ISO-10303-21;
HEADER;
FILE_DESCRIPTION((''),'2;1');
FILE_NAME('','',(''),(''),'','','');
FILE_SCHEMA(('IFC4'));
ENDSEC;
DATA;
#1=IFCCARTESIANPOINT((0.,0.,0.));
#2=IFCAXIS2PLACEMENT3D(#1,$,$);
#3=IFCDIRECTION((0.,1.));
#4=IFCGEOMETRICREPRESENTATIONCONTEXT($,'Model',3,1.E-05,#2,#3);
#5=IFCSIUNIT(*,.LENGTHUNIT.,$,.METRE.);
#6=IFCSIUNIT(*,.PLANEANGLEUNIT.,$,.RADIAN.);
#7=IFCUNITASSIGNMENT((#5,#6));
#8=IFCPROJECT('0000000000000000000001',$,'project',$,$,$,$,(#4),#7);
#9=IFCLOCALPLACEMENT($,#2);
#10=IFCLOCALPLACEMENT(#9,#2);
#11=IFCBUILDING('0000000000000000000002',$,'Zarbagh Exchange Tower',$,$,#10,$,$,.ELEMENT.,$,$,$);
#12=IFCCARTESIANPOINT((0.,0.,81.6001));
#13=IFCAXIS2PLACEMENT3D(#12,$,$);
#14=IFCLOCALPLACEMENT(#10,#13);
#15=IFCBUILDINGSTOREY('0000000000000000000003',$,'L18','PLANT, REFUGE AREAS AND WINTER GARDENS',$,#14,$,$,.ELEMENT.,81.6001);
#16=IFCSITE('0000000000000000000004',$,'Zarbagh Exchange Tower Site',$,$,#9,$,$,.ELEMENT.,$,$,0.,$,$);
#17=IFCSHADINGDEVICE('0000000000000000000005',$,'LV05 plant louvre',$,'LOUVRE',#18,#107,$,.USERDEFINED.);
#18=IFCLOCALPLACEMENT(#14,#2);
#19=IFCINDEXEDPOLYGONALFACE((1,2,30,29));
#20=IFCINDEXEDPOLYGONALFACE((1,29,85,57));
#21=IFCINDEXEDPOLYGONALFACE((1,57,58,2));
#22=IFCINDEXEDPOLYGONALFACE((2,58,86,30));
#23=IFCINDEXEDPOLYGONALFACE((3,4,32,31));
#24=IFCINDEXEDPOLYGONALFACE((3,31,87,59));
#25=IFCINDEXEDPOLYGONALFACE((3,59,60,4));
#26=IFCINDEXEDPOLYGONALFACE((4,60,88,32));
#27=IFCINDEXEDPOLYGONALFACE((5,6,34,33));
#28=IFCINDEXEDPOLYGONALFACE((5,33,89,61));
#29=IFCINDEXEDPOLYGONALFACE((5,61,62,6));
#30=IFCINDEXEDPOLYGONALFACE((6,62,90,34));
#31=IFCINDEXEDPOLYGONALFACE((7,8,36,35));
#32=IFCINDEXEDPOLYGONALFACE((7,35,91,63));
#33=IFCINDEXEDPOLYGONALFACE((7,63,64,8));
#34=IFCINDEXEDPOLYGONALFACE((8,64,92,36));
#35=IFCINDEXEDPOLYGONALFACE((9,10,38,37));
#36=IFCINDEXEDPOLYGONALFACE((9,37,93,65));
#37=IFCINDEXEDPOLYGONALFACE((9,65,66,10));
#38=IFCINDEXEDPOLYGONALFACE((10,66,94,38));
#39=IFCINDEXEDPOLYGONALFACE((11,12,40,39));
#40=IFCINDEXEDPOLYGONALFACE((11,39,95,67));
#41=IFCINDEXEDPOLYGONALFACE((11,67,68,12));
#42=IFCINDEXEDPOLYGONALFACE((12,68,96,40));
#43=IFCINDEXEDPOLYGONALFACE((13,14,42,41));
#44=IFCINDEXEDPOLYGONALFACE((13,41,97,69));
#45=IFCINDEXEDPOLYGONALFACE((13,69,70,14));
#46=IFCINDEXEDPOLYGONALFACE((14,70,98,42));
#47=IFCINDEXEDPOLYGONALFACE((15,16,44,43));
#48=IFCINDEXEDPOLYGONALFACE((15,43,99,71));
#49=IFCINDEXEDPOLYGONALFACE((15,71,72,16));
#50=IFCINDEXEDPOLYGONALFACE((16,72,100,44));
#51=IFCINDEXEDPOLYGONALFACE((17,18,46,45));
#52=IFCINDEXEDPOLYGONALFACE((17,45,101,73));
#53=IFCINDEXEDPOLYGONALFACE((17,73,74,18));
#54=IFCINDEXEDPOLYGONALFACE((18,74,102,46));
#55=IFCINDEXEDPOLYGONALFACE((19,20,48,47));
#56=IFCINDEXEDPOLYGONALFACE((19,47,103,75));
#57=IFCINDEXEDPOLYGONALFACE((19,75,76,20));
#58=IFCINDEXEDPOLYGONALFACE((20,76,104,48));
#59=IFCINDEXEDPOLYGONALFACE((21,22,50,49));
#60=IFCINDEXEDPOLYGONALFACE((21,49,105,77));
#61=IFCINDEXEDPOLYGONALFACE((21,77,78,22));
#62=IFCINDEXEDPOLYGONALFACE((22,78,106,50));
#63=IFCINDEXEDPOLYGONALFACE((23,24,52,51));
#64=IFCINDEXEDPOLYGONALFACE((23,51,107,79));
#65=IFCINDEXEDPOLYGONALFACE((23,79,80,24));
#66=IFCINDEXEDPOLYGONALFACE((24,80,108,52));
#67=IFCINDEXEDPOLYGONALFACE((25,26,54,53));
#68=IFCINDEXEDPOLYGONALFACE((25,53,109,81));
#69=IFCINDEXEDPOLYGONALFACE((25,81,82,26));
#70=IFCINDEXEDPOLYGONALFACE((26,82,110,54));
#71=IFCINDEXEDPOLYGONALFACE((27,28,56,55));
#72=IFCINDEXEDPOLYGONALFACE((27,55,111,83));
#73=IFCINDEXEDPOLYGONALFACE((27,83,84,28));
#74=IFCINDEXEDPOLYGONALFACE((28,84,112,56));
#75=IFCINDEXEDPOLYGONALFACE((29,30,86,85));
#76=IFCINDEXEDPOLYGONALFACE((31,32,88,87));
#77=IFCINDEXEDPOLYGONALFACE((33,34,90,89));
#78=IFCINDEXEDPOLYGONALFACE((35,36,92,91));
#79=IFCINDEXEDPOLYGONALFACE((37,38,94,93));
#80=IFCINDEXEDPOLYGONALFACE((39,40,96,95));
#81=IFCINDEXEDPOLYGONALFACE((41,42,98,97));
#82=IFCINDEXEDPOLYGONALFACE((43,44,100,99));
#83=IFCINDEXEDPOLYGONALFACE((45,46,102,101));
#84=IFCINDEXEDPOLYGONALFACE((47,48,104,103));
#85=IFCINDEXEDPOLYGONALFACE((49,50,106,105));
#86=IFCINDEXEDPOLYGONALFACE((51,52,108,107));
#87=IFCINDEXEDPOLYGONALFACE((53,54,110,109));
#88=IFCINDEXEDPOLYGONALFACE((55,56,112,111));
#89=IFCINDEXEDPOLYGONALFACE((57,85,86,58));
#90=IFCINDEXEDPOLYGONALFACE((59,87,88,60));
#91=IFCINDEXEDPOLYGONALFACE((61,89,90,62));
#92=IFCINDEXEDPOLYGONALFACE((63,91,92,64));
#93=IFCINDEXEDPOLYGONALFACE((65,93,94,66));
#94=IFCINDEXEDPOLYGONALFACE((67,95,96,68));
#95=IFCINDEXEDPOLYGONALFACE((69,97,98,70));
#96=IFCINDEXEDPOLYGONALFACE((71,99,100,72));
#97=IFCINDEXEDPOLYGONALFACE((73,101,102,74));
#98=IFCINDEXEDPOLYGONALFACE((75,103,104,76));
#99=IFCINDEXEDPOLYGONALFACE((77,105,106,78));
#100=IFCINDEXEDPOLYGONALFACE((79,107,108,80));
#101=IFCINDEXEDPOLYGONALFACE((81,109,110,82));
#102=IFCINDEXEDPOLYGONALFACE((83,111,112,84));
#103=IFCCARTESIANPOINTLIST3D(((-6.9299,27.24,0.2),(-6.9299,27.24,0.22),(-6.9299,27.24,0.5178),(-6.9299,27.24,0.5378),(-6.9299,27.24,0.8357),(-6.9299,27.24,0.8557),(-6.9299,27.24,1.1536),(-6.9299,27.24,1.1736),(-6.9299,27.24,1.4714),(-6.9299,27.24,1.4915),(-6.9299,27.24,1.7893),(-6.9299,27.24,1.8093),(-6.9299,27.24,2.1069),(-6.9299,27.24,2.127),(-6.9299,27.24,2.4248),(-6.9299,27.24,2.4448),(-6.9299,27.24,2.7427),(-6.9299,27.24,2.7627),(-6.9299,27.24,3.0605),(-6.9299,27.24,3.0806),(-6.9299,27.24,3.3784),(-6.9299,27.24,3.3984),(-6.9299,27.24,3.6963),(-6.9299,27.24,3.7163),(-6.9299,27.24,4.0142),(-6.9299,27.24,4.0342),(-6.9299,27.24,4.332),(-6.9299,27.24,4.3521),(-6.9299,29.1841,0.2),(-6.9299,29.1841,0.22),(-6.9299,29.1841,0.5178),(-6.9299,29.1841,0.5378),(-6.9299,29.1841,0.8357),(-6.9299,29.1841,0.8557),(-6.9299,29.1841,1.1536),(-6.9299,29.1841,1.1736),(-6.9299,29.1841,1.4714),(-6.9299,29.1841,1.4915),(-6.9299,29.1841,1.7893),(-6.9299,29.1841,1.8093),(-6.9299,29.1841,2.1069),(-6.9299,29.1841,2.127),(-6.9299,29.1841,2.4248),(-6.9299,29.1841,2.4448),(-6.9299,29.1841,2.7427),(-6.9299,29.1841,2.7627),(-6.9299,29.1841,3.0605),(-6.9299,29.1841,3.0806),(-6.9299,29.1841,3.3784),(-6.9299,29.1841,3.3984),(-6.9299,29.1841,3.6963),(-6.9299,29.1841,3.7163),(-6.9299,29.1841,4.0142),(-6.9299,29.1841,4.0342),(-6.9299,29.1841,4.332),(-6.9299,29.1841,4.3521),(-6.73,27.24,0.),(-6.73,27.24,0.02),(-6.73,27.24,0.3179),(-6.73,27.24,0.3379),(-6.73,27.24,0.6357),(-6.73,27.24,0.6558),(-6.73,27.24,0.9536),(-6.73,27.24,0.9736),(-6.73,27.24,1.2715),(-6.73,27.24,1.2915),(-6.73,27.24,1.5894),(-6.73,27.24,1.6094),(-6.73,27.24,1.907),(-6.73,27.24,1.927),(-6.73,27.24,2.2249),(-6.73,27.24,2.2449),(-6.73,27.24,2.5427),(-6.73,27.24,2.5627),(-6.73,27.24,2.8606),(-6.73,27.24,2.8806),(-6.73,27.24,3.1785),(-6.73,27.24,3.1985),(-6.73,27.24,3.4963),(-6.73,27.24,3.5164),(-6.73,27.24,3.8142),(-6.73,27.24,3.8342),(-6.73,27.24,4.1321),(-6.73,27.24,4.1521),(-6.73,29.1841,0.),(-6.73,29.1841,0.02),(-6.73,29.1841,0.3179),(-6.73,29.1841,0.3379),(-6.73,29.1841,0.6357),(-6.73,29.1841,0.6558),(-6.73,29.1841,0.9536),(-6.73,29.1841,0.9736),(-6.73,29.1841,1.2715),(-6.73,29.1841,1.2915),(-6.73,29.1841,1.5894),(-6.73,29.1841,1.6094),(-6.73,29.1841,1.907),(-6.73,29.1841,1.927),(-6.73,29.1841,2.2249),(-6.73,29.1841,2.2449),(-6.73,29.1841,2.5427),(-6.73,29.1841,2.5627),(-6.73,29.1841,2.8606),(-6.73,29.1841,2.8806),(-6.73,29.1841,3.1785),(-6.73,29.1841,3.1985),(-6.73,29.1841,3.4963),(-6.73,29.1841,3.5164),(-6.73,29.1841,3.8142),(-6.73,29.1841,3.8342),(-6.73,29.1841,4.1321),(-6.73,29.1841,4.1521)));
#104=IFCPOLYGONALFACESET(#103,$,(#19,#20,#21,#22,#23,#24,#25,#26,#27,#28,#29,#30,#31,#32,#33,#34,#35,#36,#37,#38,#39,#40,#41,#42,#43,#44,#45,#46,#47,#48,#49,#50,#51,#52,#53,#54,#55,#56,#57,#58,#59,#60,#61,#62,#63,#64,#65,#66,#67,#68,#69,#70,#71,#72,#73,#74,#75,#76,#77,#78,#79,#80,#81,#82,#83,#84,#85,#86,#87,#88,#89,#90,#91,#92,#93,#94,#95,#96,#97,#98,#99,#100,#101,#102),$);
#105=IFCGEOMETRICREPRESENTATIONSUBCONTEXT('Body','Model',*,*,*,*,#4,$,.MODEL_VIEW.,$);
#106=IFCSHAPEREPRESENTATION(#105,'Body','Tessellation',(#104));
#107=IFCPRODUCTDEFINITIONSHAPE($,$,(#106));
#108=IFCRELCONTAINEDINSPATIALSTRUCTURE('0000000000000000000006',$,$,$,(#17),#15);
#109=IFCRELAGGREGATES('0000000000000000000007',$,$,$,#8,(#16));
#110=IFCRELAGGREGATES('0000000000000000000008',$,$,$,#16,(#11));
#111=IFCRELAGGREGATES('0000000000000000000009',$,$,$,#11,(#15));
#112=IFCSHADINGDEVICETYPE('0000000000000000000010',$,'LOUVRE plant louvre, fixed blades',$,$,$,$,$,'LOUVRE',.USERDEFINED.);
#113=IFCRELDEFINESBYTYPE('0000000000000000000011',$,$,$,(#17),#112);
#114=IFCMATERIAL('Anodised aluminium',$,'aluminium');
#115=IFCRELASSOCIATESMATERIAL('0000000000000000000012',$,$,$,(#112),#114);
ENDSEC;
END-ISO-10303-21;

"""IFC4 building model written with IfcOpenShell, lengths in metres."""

from ifc_helpers import new_model, si_unit, direction, frame, origin, place, context, subcontext, project, spatial, polyline, outline, extrude, source, transform, mapped, material, type_object, element, save


model = new_model("IFC4")

# Units and contexts
model_context = context("Model", 3, precision=1e-05, world=origin(), true_north=direction((0.0, 1.0)))
body_context = subcontext(model_context, "Body", "Model", "MODEL_VIEW")
ifc_project = project(units=[si_unit("LENGTHUNIT", "METRE"), si_unit("PLANEANGLEUNIT", "RADIAN")], contexts=[model_context])

# Site, building, storey
site_placement = place(None, origin())
site = spatial("IfcSite", under=ifc_project, at=site_placement, Name="Zarbagh Exchange Tower Site", CompositionType="ELEMENT", RefElevation=0.0)
building_placement = place(site_placement, origin())
building = spatial("IfcBuilding", under=site, at=building_placement, Name="Zarbagh Exchange Tower", CompositionType="ELEMENT")
storey_placement = place(building_placement, frame((0.0, 0.0, 81.6001)))
storey = spatial("IfcBuildingStorey", under=building, at=storey_placement, Name="L18", Description="PLANT, REFUGE AREAS AND WINTER GARDENS", CompositionType="ELEMENT", Elevation=81.6001)

# Shared definitions
placement = place(storey_placement, origin())

# Shared definitions
ifc_material_1 = material(Name="Anodised aluminium", Category="aluminium")
shading_device_type = type_object("IfcShadingDeviceType", Name="LOUVRE plant louvre, fixed blades", ElementType="LOUVRE", PredefinedType="USERDEFINED", material=ifc_material_1)

# Shading device
shared_shape_1 = source(origin(), body_context, "Body", "SweptSolid", [
    extrude(outline(polyline([(0.0, 0.2), (0.2, 0.0), (0.2, -0.02), (0.0, 0.1799), (0.0, 0.2)])), origin(), (0.0, 0.0, 1.0), 1.9441),
])
element("IfcShadingDevice", 1, at=placement, inside=storey, type_object=shading_device_type, Name="LV05 plant louvre", ObjectType="LOUVRE", PredefinedType="USERDEFINED", context=body_context, shape_type="MappedRepresentation", body=[
    mapped(shared_shape_1, transform((-6.73, 29.1841, 0.2), x_axis=(-1.0, 0.0, 0.0), y_axis=(0.0, 0.0, -1.0), z_axis=(0.0, -1.0, 0.0))),
    mapped(shared_shape_1, transform((-6.73, 29.1841, 0.5178), x_axis=(-1.0, 0.0, 0.0), y_axis=(0.0, 0.0, -1.0), z_axis=(0.0, -1.0, 0.0))),
    mapped(shared_shape_1, transform((-6.73, 29.1841, 0.8357), x_axis=(-1.0, 0.0, 0.0), y_axis=(0.0, 0.0, -1.0), z_axis=(0.0, -1.0, 0.0))),
    mapped(shared_shape_1, transform((-6.73, 29.1841, 1.1536), x_axis=(-1.0, 0.0, 0.0), y_axis=(0.0, 0.0, -1.0), z_axis=(0.0, -1.0, 0.0))),
    mapped(shared_shape_1, transform((-6.73, 29.1841, 1.4714), x_axis=(-1.0, 0.0, 0.0), y_axis=(0.0, 0.0, -1.0), z_axis=(0.0, -1.0, 0.0))),
    mapped(shared_shape_1, transform((-6.73, 29.1841, 1.7893), x_axis=(-1.0, 0.0, 0.0), y_axis=(0.0, 0.0, -1.0), z_axis=(0.0, -1.0, 0.0))),
    mapped(shared_shape_1, transform((-6.73, 29.1841, 2.1069), x_axis=(-1.0, 0.0, 0.0), y_axis=(0.0, 0.0, -1.0), z_axis=(0.0, -1.0, 0.0))),
    mapped(shared_shape_1, transform((-6.73, 29.1841, 2.4248), x_axis=(-1.0, 0.0, 0.0), y_axis=(0.0, 0.0, -1.0), z_axis=(0.0, -1.0, 0.0))),
    mapped(shared_shape_1, transform((-6.73, 29.1841, 2.7427), x_axis=(-1.0, 0.0, 0.0), y_axis=(0.0, 0.0, -1.0), z_axis=(0.0, -1.0, 0.0))),
    mapped(shared_shape_1, transform((-6.73, 29.1841, 3.0605), x_axis=(-1.0, 0.0, 0.0), y_axis=(0.0, 0.0, -1.0), z_axis=(0.0, -1.0, 0.0))),
    mapped(shared_shape_1, transform((-6.73, 29.1841, 3.3784), x_axis=(-1.0, 0.0, 0.0), y_axis=(0.0, 0.0, -1.0), z_axis=(0.0, -1.0, 0.0))),
    mapped(shared_shape_1, transform((-6.73, 29.1841, 3.6963), x_axis=(-1.0, 0.0, 0.0), y_axis=(0.0, 0.0, -1.0), z_axis=(0.0, -1.0, 0.0))),
    mapped(shared_shape_1, transform((-6.73, 29.1841, 4.0142), x_axis=(-1.0, 0.0, 0.0), y_axis=(0.0, 0.0, -1.0), z_axis=(0.0, -1.0, 0.0))),
    mapped(shared_shape_1, transform((-6.73, 29.1841, 4.332), x_axis=(-1.0, 0.0, 0.0), y_axis=(0.0, 0.0, -1.0), z_axis=(0.0, -1.0, 0.0))),
])

save(model, "model.ifc")
